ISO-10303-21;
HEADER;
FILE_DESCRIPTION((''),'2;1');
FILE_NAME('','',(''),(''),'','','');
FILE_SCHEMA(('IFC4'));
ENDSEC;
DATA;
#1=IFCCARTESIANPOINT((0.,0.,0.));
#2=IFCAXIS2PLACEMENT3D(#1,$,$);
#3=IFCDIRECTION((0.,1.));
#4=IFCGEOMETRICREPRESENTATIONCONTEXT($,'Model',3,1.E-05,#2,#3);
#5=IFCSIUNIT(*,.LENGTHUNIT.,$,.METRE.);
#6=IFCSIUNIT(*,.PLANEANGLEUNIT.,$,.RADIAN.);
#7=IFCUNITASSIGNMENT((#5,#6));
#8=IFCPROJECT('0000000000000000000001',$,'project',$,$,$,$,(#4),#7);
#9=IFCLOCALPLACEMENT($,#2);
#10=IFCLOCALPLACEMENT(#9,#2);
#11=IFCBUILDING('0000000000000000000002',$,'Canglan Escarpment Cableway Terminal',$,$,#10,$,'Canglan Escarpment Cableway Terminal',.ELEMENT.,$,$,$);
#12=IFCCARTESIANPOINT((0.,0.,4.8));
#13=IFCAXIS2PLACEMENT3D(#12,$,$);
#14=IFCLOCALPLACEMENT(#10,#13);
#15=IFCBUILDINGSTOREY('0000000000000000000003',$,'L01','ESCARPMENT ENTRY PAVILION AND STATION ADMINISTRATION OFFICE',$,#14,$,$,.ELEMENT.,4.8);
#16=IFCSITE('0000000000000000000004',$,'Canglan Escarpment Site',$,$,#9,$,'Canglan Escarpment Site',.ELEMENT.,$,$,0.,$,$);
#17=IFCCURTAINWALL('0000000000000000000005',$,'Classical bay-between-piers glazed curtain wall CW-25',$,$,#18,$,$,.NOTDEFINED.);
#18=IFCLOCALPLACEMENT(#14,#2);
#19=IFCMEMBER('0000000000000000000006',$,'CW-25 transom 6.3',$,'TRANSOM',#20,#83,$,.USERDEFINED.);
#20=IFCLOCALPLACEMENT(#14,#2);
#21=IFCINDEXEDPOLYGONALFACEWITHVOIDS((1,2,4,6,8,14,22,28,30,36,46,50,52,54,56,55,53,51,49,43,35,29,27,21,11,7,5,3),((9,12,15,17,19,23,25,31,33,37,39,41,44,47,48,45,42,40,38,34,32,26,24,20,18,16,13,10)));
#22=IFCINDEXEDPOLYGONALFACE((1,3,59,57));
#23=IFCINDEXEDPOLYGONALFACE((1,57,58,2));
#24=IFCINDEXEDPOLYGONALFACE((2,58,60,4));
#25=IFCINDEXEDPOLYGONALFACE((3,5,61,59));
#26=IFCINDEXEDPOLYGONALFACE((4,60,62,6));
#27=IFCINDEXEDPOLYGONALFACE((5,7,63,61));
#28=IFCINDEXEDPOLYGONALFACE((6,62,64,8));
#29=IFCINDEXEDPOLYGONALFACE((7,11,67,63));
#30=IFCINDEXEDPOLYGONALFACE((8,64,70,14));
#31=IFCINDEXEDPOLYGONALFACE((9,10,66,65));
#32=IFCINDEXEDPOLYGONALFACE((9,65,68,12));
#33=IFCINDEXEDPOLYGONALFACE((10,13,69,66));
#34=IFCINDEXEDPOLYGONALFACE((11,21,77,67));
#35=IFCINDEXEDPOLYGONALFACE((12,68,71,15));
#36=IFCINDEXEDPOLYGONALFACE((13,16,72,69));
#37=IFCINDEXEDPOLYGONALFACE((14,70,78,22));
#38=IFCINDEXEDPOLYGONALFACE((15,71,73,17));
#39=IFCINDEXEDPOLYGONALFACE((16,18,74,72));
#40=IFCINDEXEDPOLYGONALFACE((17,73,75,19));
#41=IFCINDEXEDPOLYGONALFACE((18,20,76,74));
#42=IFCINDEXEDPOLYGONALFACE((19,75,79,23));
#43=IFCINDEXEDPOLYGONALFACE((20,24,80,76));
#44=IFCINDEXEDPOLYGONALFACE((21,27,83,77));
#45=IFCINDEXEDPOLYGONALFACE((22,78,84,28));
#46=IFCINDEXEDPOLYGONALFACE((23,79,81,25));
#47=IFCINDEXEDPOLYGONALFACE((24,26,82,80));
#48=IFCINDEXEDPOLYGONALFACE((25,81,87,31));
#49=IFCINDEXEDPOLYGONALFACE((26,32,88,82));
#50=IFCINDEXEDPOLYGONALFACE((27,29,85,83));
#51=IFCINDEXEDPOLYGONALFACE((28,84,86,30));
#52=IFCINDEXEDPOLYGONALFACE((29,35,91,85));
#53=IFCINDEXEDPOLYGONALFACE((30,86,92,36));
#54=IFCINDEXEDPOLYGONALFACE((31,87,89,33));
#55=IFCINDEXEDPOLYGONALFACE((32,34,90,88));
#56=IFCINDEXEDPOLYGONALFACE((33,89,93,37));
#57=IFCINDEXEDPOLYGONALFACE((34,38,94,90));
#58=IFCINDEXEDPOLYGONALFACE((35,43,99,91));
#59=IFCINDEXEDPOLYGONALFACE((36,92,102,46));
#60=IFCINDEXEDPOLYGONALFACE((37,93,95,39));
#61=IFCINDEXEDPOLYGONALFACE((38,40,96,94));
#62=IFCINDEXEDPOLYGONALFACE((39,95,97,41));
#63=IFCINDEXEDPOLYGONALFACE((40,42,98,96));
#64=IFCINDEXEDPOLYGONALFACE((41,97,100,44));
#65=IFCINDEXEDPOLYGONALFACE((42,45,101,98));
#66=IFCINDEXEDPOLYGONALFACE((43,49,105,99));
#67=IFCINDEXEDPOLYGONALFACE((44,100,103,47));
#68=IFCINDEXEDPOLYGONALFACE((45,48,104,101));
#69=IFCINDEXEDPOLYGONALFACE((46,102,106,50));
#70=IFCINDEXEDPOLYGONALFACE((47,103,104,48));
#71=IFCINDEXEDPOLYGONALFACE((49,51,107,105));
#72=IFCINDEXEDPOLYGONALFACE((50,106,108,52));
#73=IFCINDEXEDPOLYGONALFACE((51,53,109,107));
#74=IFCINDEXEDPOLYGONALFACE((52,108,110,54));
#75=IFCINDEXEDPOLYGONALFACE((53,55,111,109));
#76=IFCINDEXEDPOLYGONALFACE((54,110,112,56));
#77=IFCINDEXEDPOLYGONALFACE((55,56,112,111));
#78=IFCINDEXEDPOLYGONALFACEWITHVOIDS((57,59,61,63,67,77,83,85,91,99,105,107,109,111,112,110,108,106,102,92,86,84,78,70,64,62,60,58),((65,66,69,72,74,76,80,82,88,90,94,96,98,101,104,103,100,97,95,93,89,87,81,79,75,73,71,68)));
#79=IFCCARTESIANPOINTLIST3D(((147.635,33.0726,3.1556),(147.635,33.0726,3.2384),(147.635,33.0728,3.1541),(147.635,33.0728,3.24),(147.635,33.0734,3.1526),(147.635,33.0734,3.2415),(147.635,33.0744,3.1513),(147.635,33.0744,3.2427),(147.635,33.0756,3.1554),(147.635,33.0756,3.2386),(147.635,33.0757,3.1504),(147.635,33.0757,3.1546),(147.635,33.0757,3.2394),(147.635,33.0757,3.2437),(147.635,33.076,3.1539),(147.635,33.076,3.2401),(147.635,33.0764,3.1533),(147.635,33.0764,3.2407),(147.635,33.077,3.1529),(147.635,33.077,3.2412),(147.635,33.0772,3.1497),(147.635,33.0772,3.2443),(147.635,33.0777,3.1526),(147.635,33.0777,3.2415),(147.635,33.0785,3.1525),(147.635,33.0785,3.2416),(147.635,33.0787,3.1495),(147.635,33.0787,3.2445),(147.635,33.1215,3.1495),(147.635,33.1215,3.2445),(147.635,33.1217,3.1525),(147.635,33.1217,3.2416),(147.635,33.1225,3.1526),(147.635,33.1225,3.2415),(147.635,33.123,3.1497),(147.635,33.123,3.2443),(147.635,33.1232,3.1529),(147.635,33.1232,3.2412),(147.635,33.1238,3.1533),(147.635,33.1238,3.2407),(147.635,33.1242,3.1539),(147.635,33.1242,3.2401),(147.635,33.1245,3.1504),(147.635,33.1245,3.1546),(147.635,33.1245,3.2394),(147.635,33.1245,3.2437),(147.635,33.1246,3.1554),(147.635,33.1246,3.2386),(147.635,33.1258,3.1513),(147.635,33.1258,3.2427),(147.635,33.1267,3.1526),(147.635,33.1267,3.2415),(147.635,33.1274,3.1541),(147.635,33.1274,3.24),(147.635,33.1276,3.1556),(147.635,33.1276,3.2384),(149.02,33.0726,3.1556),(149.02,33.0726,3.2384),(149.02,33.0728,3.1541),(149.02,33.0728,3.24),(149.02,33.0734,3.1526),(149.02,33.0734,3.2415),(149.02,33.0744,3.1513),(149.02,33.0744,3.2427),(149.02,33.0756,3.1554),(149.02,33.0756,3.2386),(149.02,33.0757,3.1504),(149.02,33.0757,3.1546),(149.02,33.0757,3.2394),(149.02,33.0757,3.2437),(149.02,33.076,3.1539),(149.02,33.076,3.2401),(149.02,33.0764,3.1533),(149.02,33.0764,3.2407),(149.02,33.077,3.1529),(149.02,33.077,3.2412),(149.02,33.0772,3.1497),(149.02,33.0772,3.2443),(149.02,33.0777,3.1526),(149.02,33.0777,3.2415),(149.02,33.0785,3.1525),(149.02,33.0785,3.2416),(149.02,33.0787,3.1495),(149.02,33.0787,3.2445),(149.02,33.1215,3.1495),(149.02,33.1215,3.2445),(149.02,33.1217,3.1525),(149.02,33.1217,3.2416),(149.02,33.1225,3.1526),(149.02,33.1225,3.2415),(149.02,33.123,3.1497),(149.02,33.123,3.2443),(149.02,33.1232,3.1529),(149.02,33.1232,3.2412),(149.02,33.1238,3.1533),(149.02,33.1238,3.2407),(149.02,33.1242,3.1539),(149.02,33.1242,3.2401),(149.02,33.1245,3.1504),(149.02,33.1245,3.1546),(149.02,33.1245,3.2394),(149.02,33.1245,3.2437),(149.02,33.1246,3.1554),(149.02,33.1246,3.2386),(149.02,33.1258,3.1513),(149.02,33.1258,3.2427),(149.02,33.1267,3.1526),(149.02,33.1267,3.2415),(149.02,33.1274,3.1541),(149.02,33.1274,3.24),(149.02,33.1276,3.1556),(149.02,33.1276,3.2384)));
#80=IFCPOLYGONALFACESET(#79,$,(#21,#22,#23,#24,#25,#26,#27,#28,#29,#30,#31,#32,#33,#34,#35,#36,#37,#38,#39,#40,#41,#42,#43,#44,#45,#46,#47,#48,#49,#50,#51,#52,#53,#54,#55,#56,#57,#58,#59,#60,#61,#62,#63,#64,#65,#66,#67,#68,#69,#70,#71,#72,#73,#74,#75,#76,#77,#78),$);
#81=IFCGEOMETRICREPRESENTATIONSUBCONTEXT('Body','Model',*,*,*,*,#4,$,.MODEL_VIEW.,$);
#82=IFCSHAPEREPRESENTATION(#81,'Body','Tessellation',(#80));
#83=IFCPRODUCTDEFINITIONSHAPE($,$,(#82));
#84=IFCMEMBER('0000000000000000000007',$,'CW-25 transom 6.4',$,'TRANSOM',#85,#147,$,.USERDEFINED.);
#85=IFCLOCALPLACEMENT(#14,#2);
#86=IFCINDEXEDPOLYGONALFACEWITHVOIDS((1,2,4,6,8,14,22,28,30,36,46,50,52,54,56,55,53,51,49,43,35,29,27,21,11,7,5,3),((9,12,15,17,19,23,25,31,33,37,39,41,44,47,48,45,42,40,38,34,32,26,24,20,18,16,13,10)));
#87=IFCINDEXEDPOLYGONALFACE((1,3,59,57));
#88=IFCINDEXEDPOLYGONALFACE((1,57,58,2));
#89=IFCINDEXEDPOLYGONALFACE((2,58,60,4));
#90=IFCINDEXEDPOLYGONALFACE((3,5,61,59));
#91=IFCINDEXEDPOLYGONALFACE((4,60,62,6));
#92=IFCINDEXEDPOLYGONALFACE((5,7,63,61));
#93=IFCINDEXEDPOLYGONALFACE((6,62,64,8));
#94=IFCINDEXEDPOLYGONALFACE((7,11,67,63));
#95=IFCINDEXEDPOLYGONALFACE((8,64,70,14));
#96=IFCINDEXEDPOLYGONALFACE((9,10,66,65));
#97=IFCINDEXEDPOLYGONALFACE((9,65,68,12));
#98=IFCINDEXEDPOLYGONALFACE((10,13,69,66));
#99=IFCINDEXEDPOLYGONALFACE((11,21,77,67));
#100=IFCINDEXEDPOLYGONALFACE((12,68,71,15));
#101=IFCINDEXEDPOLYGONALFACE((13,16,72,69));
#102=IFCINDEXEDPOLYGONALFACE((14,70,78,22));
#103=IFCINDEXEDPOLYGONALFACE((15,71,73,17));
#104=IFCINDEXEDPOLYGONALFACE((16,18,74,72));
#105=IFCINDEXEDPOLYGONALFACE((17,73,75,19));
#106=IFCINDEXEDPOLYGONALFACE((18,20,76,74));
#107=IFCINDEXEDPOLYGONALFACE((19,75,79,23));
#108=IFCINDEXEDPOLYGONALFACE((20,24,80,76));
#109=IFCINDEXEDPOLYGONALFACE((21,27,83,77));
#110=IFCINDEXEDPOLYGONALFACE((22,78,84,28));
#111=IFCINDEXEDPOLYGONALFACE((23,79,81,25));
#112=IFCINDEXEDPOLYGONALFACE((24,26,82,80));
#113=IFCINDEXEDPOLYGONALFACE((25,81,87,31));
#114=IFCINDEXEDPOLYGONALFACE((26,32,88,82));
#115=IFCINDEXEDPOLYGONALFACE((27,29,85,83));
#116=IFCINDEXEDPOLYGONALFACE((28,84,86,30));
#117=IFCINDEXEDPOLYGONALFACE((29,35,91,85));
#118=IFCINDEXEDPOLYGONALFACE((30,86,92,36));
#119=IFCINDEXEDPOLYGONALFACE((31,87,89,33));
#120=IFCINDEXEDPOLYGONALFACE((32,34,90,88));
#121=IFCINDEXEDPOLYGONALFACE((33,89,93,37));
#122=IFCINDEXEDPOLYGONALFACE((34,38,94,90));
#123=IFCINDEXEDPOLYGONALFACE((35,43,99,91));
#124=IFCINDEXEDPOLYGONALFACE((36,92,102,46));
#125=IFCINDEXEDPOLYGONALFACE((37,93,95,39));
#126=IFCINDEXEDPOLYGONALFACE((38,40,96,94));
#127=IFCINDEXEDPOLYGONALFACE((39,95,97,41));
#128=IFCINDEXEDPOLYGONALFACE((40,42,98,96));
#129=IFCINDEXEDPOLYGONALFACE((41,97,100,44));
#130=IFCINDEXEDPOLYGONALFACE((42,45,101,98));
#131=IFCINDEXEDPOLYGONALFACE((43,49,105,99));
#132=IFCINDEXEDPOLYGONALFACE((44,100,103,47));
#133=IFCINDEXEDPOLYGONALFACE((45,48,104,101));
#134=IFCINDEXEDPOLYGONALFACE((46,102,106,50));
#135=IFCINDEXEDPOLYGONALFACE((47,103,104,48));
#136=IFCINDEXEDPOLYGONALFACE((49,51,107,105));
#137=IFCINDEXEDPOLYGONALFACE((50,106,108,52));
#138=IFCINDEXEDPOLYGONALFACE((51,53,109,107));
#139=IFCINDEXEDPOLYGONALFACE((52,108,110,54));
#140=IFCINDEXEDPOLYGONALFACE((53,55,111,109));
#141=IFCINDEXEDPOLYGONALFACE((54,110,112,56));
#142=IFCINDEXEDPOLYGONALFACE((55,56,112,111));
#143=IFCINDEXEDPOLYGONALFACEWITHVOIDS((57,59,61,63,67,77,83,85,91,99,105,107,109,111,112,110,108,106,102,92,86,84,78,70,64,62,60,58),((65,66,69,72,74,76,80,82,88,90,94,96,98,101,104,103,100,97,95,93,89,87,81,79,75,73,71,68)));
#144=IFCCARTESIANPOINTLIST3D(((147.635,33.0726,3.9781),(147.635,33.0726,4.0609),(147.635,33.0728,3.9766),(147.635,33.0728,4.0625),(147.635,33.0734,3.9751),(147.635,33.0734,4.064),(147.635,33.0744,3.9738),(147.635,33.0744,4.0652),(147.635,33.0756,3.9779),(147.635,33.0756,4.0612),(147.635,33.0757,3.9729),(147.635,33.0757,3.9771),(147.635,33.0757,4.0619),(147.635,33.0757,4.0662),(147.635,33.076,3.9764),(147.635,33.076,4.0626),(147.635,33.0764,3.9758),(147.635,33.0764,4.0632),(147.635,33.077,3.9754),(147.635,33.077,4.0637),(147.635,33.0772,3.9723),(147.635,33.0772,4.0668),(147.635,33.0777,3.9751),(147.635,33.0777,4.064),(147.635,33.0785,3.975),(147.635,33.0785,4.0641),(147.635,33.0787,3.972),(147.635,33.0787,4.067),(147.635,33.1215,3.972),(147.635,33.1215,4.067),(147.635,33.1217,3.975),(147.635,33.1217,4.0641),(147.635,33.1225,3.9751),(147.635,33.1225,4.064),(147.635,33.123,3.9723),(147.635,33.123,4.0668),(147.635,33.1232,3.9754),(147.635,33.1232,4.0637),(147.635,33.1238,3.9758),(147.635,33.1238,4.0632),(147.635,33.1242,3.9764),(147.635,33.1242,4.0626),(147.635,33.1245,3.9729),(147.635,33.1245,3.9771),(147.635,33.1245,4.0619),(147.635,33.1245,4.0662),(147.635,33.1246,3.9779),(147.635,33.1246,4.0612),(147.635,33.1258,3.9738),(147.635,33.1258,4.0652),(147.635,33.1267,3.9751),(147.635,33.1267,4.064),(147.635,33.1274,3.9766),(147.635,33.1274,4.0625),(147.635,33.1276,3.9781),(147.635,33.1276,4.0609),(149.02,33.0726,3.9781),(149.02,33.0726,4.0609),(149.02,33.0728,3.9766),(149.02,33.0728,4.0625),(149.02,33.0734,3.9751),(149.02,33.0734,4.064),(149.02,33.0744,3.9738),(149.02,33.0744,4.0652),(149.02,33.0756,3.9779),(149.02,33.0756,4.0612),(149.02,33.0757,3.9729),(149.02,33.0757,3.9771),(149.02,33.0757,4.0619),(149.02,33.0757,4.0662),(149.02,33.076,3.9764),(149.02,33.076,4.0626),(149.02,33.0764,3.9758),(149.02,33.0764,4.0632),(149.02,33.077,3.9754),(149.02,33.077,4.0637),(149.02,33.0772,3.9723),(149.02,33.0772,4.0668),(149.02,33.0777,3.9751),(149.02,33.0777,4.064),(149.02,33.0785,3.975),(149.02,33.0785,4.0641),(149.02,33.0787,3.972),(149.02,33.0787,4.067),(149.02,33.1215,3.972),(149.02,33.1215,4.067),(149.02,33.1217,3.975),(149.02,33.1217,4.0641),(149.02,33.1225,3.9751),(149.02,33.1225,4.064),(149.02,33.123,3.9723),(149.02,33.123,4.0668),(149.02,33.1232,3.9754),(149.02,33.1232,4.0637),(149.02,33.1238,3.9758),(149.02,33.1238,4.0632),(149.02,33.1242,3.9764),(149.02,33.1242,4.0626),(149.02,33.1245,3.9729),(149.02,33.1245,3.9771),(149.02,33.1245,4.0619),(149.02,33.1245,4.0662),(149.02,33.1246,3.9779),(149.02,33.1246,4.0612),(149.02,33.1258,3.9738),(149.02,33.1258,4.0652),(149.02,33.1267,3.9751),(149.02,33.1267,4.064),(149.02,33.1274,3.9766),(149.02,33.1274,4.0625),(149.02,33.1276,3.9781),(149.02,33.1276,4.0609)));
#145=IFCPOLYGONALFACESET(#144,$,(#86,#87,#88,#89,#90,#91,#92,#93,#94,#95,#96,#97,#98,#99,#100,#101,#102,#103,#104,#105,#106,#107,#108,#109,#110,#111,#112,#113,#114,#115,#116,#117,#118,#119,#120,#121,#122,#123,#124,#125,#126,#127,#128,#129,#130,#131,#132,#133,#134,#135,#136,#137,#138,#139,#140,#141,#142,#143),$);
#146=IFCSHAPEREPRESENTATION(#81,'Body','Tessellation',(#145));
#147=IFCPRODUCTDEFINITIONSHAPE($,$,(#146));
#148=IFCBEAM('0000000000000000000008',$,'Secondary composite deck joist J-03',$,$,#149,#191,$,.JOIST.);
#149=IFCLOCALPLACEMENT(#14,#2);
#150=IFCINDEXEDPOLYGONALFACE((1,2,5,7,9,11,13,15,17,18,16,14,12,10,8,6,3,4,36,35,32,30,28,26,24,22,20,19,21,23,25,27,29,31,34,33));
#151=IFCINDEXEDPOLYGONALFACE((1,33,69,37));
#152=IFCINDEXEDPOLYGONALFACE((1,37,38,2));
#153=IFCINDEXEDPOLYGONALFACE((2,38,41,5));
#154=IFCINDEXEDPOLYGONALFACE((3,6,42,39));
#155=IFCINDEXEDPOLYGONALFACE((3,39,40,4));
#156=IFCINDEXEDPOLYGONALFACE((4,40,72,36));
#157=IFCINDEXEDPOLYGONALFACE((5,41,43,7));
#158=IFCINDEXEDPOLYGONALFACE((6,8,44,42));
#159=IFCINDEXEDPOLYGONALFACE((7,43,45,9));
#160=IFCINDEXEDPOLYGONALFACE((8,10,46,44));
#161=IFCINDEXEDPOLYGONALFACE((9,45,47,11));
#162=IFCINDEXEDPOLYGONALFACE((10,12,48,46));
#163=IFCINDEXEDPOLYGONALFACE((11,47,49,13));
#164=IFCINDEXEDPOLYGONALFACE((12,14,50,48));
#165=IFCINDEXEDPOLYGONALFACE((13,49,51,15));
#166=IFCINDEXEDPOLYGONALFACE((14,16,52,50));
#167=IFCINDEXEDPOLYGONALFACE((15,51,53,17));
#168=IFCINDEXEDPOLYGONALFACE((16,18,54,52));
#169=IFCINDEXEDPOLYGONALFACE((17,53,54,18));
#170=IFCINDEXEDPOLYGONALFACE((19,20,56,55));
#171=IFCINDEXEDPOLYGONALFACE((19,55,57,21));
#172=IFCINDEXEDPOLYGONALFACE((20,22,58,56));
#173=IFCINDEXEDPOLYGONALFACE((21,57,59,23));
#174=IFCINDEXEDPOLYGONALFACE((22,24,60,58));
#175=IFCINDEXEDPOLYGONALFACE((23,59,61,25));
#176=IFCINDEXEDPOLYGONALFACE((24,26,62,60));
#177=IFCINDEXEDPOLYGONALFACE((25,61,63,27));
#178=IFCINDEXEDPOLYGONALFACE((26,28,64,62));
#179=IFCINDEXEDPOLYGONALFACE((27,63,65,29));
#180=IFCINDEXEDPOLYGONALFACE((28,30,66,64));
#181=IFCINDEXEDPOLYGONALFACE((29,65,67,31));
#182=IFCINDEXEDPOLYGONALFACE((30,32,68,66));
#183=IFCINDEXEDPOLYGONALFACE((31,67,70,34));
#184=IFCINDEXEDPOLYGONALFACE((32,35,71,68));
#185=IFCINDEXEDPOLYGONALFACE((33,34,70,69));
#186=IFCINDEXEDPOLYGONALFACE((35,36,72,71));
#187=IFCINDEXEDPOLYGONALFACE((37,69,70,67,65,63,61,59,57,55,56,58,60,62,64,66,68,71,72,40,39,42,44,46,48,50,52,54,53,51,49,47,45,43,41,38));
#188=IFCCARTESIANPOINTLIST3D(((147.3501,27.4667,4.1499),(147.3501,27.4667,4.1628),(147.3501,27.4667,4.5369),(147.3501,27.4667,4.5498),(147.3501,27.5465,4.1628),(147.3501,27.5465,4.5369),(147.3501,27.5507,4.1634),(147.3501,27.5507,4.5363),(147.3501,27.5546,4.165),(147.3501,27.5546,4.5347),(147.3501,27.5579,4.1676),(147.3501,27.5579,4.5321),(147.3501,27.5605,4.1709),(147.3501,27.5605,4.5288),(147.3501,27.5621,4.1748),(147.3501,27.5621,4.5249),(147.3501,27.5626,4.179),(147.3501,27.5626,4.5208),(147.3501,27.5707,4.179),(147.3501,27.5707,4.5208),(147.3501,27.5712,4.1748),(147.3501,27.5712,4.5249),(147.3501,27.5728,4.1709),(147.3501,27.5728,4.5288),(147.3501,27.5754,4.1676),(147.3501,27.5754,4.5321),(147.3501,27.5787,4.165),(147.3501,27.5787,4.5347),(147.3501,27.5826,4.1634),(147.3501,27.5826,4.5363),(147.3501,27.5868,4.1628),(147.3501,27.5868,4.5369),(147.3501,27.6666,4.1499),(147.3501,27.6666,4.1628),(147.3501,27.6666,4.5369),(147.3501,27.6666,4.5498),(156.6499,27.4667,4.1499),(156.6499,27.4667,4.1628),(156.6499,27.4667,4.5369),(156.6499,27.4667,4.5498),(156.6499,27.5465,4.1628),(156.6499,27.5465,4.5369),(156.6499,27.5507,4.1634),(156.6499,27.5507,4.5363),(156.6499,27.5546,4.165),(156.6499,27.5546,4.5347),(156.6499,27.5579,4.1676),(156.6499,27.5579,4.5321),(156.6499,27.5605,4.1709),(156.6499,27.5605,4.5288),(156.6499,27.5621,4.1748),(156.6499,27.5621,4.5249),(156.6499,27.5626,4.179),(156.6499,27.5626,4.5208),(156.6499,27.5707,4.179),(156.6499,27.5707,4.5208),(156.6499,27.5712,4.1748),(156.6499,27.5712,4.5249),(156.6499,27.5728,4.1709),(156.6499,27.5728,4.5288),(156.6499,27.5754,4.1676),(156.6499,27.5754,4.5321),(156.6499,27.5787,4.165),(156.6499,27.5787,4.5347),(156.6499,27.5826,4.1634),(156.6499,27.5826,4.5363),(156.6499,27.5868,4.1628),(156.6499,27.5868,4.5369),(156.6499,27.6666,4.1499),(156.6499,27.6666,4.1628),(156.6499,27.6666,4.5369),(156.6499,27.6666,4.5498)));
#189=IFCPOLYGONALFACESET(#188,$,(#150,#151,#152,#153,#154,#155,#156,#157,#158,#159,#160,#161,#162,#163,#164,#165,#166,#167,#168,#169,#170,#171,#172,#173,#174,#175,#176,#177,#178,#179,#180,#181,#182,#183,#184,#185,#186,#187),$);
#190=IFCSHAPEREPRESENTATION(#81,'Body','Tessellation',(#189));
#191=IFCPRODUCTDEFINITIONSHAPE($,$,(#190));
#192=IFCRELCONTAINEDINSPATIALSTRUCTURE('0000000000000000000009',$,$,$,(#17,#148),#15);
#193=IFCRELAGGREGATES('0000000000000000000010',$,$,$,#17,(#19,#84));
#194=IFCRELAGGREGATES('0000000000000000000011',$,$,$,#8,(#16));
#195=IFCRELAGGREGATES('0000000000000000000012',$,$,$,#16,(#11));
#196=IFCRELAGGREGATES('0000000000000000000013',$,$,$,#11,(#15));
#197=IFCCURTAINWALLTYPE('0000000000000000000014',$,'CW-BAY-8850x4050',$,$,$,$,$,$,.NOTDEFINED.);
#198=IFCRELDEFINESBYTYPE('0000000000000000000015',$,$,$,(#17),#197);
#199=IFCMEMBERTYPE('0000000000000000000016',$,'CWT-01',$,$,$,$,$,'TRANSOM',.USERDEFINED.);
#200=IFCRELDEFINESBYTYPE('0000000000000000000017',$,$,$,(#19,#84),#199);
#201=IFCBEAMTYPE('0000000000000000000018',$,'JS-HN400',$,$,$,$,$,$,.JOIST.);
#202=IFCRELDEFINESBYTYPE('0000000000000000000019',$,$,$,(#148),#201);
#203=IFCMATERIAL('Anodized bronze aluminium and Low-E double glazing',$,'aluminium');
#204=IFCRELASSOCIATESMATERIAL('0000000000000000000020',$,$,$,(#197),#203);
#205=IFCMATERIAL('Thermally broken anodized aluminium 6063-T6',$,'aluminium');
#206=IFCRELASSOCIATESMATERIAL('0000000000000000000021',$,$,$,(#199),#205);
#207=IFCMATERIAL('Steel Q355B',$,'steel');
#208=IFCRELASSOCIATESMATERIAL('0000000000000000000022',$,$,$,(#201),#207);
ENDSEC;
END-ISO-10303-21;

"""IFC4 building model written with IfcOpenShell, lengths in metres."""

from ifc_helpers import new_model, si_unit, direction, frame, origin, origin_2d, place, context, subcontext, project, spatial, hollow_rectangle, i_section, extrude, material, material_profile, profile_set, type_object, element, aggregate, save


model = new_model("IFC4")

# Units and contexts
model_context = context("Model", 3, precision=1e-05, world=origin(), true_north=direction((0.0, 1.0)))
body_context = subcontext(model_context, "Body", "Model", "MODEL_VIEW")
ifc_project = project(units=[si_unit("LENGTHUNIT", "METRE"), si_unit("PLANEANGLEUNIT", "RADIAN")], contexts=[model_context])

# Site, building, storey
site_placement = place(None, origin())
site = spatial("IfcSite", under=ifc_project, at=site_placement, Name="Canglan Escarpment Site", LongName="Canglan Escarpment Site", CompositionType="ELEMENT", RefElevation=0.0)
building_placement = place(site_placement, origin())
building = spatial("IfcBuilding", under=site, at=building_placement, Name="Canglan Escarpment Cableway Terminal", LongName="Canglan Escarpment Cableway Terminal", CompositionType="ELEMENT")
storey_placement = place(building_placement, frame((0.0, 0.0, 4.8)))
storey = spatial("IfcBuildingStorey", under=building, at=storey_placement, Name="L01", Description="ESCARPMENT ENTRY PAVILION AND STATION ADMINISTRATION OFFICE", CompositionType="ELEMENT", Elevation=4.8)

# Shared definitions
ifc_material_1 = material(Name="Steel Q355B", Category="steel")

# Curtain wall, members
ifc_material_2 = material(Name="Anodized bronze aluminium and Low-E double glazing", Category="aluminium")
curtain_wall_type = type_object("IfcCurtainWallType", Name="CW-BAY-8850x4050", PredefinedType="NOTDEFINED", material=ifc_material_2)
curtain_wall_placement = place(storey_placement, origin())
curtain_wall = element("IfcCurtainWall", 1, at=curtain_wall_placement, inside=storey, type_object=curtain_wall_type, Name="Classical bay-between-piers glazed curtain wall CW-25", PredefinedType="NOTDEFINED")
ifc_material_3 = material(Name="Thermally broken anodized aluminium 6063-T6", Category="aluminium")
ifc_material_profile_1 = material_profile(ifc_material_3, hollow_rectangle(XDim=0.0549, YDim=0.095, WallThickness=0.0029, InnerFilletRadius=0.0029, OuterFilletRadius=0.0061, at=origin_2d()), Name="ALU-TRAN 55x95x3")
ifc_profile_set_1 = profile_set([ifc_material_profile_1], Name="Thermally broken anodized aluminium 6063-T6")
member_type_1 = type_object("IfcMemberType", Name="CWT-01", ElementType="TRANSOM", PredefinedType="USERDEFINED", material=ifc_profile_set_1)
member_1_placement = place(storey_placement, frame((149.02, 33.1001, 3.197), z_axis=(-1.0, 0.0, 0.0), x_axis=(0.0, -1.0, 0.0)))
member_1 = element("IfcMember", 2, at=member_1_placement, type_object=member_type_1, Name="CW-25 transom 6.3", ObjectType="TRANSOM", PredefinedType="USERDEFINED", context=body_context, shape_type="SweptSolid", body=[
    extrude(hollow_rectangle(XDim=0.0549, YDim=0.095, WallThickness=0.0029, InnerFilletRadius=0.0029, OuterFilletRadius=0.0061, at=origin_2d()), origin(), (0.0, 0.0, 1.0), 1.385),
])
member_2_placement = place(storey_placement, frame((149.02, 33.1001, 4.0195), z_axis=(-1.0, 0.0, 0.0), x_axis=(0.0, -1.0, 0.0)))
member_2 = element("IfcMember", 3, at=member_2_placement, type_object=member_type_1, Name="CW-25 transom 6.4", ObjectType="TRANSOM", PredefinedType="USERDEFINED", context=body_context, shape_type="SweptSolid", body=[
    extrude(hollow_rectangle(XDim=0.0549, YDim=0.095, WallThickness=0.0029, InnerFilletRadius=0.0029, OuterFilletRadius=0.0061, at=origin_2d()), origin(), (0.0, 0.0, 1.0), 1.385),
])

# Beam
ifc_material_profile_2 = material_profile(ifc_material_1, i_section(OverallWidth=0.2, OverallDepth=0.3999, WebThickness=0.0081, FlangeThickness=0.0129, FilletRadius=0.0161, at=origin_2d()), Name="HN 400x200x8x13")
ifc_profile_set_2 = profile_set([ifc_material_profile_2], Name="Steel Q355B")
beam_type_1 = type_object("IfcBeamType", Name="JS-HN400", PredefinedType="JOIST", material=ifc_profile_set_2)
for number, where, z_axis, x_axis, name in (
    (4, (147.3501, 27.5667, 4.3499), (1.0, 0.0, 0.0), (0.0, 1.0, 0.0), "Secondary composite deck joist J-03"),
):
    element("IfcBeam", number, at=place(storey_placement, frame(where, z_axis=z_axis, x_axis=x_axis)), inside=storey, type_object=beam_type_1, Name=name, PredefinedType="JOIST", context=body_context, shape_type="SweptSolid", body=[
        extrude(i_section(OverallWidth=0.2, OverallDepth=0.3999, WebThickness=0.0081, FlangeThickness=0.0129, FilletRadius=0.0161, at=origin_2d()), origin(), (0.0, 0.0, 1.0), 9.2998),
    ])

aggregate(curtain_wall, [member_1, member_2])

save(model, "model.ifc")
